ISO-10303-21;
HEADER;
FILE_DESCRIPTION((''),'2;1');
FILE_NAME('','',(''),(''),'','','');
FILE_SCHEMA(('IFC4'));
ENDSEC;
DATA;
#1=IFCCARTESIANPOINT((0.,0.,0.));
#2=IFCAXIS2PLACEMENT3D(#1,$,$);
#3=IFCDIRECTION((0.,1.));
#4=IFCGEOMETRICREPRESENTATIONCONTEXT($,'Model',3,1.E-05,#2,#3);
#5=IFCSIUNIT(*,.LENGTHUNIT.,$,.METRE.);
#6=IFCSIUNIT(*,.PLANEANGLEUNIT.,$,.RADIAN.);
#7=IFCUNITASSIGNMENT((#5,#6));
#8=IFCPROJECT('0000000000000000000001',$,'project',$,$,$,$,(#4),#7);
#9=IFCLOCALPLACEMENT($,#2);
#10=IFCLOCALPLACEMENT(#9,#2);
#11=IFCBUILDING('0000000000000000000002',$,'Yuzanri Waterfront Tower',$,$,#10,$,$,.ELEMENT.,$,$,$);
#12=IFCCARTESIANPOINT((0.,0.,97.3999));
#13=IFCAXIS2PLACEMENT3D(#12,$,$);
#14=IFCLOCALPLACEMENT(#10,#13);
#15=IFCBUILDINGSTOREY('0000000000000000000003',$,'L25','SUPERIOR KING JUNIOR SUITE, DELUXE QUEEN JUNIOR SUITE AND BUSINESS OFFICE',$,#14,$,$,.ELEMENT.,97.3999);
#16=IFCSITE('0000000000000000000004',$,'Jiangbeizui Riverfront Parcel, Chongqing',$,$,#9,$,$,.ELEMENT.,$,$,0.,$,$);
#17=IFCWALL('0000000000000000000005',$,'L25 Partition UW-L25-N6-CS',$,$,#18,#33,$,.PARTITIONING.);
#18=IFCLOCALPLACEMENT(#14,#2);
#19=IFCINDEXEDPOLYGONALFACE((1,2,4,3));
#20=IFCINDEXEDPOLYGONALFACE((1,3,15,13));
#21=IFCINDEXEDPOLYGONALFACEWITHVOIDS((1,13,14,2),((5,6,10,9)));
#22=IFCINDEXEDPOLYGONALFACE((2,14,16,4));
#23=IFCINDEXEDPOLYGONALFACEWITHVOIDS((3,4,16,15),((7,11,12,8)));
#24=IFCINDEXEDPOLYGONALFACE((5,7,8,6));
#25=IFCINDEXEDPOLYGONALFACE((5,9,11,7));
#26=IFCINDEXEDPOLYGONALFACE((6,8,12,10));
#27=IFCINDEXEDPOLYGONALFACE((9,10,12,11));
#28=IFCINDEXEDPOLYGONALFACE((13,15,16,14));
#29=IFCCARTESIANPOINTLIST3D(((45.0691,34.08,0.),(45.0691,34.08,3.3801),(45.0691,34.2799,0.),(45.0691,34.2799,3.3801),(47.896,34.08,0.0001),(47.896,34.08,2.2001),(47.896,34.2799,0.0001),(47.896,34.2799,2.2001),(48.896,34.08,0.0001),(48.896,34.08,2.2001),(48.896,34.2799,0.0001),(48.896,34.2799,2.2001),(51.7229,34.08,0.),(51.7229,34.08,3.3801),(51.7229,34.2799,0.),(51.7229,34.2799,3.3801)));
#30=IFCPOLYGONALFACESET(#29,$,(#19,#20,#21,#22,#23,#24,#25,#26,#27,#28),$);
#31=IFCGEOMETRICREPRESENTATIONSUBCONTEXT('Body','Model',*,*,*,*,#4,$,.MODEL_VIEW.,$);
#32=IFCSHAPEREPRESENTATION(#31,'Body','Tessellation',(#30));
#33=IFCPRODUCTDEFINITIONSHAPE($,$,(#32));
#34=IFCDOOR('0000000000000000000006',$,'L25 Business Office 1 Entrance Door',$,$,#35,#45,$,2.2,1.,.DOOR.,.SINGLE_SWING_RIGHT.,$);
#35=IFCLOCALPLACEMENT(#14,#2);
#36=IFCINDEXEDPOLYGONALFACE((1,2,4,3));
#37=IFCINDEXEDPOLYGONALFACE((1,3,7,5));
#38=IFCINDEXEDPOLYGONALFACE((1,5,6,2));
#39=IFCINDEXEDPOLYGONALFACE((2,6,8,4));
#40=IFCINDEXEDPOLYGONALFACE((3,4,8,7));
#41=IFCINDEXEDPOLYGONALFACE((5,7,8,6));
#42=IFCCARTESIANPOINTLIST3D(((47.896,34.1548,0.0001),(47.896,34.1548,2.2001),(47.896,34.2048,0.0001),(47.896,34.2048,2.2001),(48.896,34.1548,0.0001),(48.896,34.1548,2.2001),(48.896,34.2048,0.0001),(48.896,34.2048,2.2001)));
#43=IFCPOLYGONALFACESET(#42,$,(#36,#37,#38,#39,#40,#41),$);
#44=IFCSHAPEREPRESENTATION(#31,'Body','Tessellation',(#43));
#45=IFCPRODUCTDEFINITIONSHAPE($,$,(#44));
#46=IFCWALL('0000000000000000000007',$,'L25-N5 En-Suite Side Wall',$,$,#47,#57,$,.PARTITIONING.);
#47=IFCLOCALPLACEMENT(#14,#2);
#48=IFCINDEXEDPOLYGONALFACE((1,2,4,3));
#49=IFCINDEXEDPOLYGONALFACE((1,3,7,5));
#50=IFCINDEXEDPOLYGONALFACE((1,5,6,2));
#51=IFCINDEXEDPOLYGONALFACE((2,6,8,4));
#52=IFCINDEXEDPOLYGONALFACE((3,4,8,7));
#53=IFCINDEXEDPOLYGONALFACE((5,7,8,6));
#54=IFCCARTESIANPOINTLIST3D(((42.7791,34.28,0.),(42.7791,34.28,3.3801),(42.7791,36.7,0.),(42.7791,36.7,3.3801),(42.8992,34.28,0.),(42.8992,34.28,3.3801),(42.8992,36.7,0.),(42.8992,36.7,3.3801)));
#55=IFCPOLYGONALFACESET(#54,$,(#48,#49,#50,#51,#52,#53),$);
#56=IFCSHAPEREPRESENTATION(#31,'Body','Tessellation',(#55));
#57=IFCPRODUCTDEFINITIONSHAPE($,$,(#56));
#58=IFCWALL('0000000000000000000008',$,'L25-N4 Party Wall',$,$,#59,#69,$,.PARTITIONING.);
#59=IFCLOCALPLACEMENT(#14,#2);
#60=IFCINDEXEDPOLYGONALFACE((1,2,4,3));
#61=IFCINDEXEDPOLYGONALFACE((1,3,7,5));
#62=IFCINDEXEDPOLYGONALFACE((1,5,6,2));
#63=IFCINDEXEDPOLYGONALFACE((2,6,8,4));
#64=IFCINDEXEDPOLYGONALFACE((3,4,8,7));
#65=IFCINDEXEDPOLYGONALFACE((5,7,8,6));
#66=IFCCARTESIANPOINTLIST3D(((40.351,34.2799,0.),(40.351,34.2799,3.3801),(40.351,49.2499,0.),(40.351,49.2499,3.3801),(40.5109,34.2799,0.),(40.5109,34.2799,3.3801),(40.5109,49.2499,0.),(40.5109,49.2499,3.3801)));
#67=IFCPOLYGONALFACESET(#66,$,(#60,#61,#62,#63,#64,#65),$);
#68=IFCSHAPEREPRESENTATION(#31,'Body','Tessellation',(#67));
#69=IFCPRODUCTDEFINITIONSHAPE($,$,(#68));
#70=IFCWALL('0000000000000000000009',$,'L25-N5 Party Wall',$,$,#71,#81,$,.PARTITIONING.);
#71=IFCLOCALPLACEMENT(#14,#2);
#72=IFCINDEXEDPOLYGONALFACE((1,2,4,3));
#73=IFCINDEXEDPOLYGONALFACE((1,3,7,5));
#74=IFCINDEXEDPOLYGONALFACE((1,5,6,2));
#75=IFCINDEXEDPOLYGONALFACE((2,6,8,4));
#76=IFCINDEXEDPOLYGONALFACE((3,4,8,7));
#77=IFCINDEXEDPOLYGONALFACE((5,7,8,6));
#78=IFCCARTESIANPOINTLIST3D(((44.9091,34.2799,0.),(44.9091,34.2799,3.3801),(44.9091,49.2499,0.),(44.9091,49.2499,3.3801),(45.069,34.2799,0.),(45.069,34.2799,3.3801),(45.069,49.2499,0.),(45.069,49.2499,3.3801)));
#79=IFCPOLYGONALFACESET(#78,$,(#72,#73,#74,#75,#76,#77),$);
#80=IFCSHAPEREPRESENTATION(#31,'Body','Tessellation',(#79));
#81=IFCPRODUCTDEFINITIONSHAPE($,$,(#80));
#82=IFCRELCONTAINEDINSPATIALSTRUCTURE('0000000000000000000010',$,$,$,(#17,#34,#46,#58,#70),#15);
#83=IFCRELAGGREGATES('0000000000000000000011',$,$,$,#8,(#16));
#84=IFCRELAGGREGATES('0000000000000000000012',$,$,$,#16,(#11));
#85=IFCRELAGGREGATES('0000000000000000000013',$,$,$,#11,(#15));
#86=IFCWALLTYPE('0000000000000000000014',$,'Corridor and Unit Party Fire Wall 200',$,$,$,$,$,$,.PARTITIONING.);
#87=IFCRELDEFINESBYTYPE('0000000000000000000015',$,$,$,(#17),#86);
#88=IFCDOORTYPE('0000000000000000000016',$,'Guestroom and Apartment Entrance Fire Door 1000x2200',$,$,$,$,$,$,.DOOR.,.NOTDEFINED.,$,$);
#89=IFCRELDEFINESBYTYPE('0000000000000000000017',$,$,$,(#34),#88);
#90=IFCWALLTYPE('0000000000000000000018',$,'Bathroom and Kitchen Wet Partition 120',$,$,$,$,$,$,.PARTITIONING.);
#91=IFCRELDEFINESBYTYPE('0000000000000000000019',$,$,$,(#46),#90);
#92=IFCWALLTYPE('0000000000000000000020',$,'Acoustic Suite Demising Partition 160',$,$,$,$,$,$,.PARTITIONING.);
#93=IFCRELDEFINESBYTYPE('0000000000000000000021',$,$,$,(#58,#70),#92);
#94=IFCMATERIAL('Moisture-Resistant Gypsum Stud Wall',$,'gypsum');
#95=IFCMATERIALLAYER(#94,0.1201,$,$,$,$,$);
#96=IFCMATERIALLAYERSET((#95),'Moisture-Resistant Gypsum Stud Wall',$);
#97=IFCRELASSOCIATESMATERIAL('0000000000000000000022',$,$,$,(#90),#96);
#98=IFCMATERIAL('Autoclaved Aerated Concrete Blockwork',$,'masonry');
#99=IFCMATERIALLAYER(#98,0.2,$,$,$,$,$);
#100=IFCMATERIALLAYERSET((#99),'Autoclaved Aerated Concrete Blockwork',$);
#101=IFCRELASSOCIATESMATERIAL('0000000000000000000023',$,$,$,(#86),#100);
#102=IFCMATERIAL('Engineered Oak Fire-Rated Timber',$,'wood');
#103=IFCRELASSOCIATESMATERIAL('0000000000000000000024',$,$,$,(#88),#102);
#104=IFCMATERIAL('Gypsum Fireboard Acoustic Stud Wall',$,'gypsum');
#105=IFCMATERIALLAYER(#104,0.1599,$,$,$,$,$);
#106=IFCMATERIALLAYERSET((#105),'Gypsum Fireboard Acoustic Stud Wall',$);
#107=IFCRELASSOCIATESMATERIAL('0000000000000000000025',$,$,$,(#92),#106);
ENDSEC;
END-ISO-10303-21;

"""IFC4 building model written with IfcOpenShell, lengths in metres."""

from ifc_helpers import new_model, si_unit, direction, frame, frame_2d, origin, place, context, subcontext, project, spatial, rectangle, extrude, source, transform, mapped, material, layer, layer_set, type_object, element, fill, save


model = new_model("IFC4")

# Units and contexts
model_context = context("Model", 3, precision=1e-05, world=origin(), true_north=direction((0.0, 1.0)))
body_context = subcontext(model_context, "Body", "Model", "MODEL_VIEW")
ifc_project = project(units=[si_unit("LENGTHUNIT", "METRE"), si_unit("PLANEANGLEUNIT", "RADIAN")], contexts=[model_context])

# Site, building, storey
site_placement = place(None, origin())
site = spatial("IfcSite", under=ifc_project, at=site_placement, Name="Jiangbeizui Riverfront Parcel, Chongqing", CompositionType="ELEMENT", RefElevation=0.0)
building_placement = place(site_placement, origin())
building = spatial("IfcBuilding", under=site, at=building_placement, Name="Yuzanri Waterfront Tower", CompositionType="ELEMENT")
storey_placement = place(building_placement, frame((0.0, 0.0, 97.3999)))
storey = spatial("IfcBuildingStorey", under=building, at=storey_placement, Name="L25", Description="SUPERIOR KING JUNIOR SUITE, DELUXE QUEEN JUNIOR SUITE AND BUSINESS OFFICE", CompositionType="ELEMENT", Elevation=97.3999)

# Wall, opening, door
ifc_material_1 = material(Name="Moisture-Resistant Gypsum Stud Wall", Category="gypsum")
ifc_layer_1 = layer(ifc_material_1, 0.1201)
ifc_layer_set_1 = layer_set([ifc_layer_1], Name="Moisture-Resistant Gypsum Stud Wall")
wall_type_1 = type_object("IfcWallType", Name="Bathroom and Kitchen Wet Partition 120", PredefinedType="PARTITIONING", material=ifc_layer_set_1)
ifc_material_2 = material(Name="Autoclaved Aerated Concrete Blockwork", Category="masonry")
ifc_layer_2 = layer(ifc_material_2, 0.2)
ifc_layer_set_2 = layer_set([ifc_layer_2], Name="Autoclaved Aerated Concrete Blockwork")
wall_type_2 = type_object("IfcWallType", Name="Corridor and Unit Party Fire Wall 200", PredefinedType="PARTITIONING", material=ifc_layer_set_2)
ifc_material_3 = material(Name="Engineered Oak Fire-Rated Timber", Category="wood")
door_type_1 = type_object("IfcDoorType", Name="Guestroom and Apartment Entrance Fire Door 1000x2200", OperationType="NOTDEFINED", PredefinedType="DOOR", material=ifc_material_3)
shared_shape_1 = source(origin(), body_context, "Body", "SweptSolid", [
    extrude(rectangle(XDim=1.0, YDim=2.2, at=frame_2d((0.5, 1.1001))), frame((0.0, 0.0249, 0.0), z_axis=(0.0, -1.0, 0.0), x_axis=(1.0, 0.0, 0.0)), (0.0, 0.0, 1.0), 0.05),
])
wall_1_placement = place(storey_placement, frame((45.0691, 34.1799, 0.0), z_axis=(0.0, 0.0, 1.0), x_axis=(1.0, 0.0, 0.0)))
wall_1 = element("IfcWall", 1, at=wall_1_placement, inside=storey, type_object=wall_type_2, Name="L25 Partition UW-L25-N6-CS", PredefinedType="PARTITIONING", context=body_context, shape_type="SweptSolid", body=[
    extrude(rectangle(XDim=6.6538, YDim=0.2, at=frame_2d((3.3269, 0.0))), origin(), (0.0, 0.0, 1.0), 3.3801),
])
opening_1_placement = place(wall_1_placement, frame((2.8269, 0.0, 0.0)))
opening_1 = element("IfcOpeningElement", 2, at=opening_1_placement, cuts=wall_1, PredefinedType="OPENING", context=body_context, shape_type="SweptSolid", body=[
    extrude(rectangle(XDim=1.0, YDim=2.2, at=frame_2d((0.5, 1.1001))), frame((0.0, 0.1147, 0.0), z_axis=(0.0, -1.0, 0.0), x_axis=(1.0, 0.0, 0.0)), (0.0, 0.0, 1.0), 0.2297),
])
door_1_placement = place(opening_1_placement, origin())
door_1 = element("IfcDoor", 3, at=door_1_placement, inside=storey, type_object=door_type_1, Name="L25 Business Office 1 Entrance Door", OperationType="SINGLE_SWING_RIGHT", OverallHeight=2.2, OverallWidth=1.0, PredefinedType="DOOR", context=body_context, shape_type="MappedRepresentation", body=[
    mapped(shared_shape_1, transform((0.0, 0.0, 0.0), scale=1.0)),
])
fill(opening_1, door_1)

# Walls
shared_shape_2 = source(origin(), body_context, "Body", "SweptSolid", [
    extrude(rectangle(XDim=2.4199, YDim=0.1201, at=frame_2d((1.21, 0.0))), origin(), (0.0, 0.0, 1.0), 3.3801),
])
wall_2_placement = place(storey_placement, frame((42.8391, 34.28, 0.0), z_axis=(0.0, 0.0, 1.0), x_axis=(0.0, 1.0, 0.0)))
element("IfcWall", 4, at=wall_2_placement, inside=storey, type_object=wall_type_1, Name="L25-N5 En-Suite Side Wall", PredefinedType="PARTITIONING", context=body_context, shape_type="MappedRepresentation", body=[
    mapped(shared_shape_2, transform((0.0, 0.0, 0.0), scale=1.0)),
])
ifc_material_4 = material(Name="Gypsum Fireboard Acoustic Stud Wall", Category="gypsum")
ifc_layer_3 = layer(ifc_material_4, 0.1599)
ifc_layer_set_3 = layer_set([ifc_layer_3], Name="Gypsum Fireboard Acoustic Stud Wall")
wall_type_3 = type_object("IfcWallType", Name="Acoustic Suite Demising Partition 160", PredefinedType="PARTITIONING", material=ifc_layer_set_3)
shared_shape_3 = source(origin(), body_context, "Body", "SweptSolid", [
    extrude(rectangle(XDim=14.97, YDim=0.1599, at=frame_2d((7.4849, 0.0))), origin(), (0.0, 0.0, 1.0), 3.3801),
])
for number, where, z_axis, x_axis, name in (
    (5, (40.4309, 34.28, 0.0), (0.0, 0.0, 1.0), (0.0, 1.0, 0.0), "L25-N4 Party Wall"),
    (6, (44.989, 34.28, 0.0), (0.0, 0.0, 1.0), (0.0, 1.0, 0.0), "L25-N5 Party Wall"),
):
    element("IfcWall", number, at=place(storey_placement, frame(where, z_axis=z_axis, x_axis=x_axis)), inside=storey, type_object=wall_type_3, Name=name, PredefinedType="PARTITIONING", context=body_context, shape_type="MappedRepresentation", body=[
        mapped(shared_shape_3, transform((0.0, 0.0, 0.0), scale=1.0)),
    ])

save(model, "model.ifc")
